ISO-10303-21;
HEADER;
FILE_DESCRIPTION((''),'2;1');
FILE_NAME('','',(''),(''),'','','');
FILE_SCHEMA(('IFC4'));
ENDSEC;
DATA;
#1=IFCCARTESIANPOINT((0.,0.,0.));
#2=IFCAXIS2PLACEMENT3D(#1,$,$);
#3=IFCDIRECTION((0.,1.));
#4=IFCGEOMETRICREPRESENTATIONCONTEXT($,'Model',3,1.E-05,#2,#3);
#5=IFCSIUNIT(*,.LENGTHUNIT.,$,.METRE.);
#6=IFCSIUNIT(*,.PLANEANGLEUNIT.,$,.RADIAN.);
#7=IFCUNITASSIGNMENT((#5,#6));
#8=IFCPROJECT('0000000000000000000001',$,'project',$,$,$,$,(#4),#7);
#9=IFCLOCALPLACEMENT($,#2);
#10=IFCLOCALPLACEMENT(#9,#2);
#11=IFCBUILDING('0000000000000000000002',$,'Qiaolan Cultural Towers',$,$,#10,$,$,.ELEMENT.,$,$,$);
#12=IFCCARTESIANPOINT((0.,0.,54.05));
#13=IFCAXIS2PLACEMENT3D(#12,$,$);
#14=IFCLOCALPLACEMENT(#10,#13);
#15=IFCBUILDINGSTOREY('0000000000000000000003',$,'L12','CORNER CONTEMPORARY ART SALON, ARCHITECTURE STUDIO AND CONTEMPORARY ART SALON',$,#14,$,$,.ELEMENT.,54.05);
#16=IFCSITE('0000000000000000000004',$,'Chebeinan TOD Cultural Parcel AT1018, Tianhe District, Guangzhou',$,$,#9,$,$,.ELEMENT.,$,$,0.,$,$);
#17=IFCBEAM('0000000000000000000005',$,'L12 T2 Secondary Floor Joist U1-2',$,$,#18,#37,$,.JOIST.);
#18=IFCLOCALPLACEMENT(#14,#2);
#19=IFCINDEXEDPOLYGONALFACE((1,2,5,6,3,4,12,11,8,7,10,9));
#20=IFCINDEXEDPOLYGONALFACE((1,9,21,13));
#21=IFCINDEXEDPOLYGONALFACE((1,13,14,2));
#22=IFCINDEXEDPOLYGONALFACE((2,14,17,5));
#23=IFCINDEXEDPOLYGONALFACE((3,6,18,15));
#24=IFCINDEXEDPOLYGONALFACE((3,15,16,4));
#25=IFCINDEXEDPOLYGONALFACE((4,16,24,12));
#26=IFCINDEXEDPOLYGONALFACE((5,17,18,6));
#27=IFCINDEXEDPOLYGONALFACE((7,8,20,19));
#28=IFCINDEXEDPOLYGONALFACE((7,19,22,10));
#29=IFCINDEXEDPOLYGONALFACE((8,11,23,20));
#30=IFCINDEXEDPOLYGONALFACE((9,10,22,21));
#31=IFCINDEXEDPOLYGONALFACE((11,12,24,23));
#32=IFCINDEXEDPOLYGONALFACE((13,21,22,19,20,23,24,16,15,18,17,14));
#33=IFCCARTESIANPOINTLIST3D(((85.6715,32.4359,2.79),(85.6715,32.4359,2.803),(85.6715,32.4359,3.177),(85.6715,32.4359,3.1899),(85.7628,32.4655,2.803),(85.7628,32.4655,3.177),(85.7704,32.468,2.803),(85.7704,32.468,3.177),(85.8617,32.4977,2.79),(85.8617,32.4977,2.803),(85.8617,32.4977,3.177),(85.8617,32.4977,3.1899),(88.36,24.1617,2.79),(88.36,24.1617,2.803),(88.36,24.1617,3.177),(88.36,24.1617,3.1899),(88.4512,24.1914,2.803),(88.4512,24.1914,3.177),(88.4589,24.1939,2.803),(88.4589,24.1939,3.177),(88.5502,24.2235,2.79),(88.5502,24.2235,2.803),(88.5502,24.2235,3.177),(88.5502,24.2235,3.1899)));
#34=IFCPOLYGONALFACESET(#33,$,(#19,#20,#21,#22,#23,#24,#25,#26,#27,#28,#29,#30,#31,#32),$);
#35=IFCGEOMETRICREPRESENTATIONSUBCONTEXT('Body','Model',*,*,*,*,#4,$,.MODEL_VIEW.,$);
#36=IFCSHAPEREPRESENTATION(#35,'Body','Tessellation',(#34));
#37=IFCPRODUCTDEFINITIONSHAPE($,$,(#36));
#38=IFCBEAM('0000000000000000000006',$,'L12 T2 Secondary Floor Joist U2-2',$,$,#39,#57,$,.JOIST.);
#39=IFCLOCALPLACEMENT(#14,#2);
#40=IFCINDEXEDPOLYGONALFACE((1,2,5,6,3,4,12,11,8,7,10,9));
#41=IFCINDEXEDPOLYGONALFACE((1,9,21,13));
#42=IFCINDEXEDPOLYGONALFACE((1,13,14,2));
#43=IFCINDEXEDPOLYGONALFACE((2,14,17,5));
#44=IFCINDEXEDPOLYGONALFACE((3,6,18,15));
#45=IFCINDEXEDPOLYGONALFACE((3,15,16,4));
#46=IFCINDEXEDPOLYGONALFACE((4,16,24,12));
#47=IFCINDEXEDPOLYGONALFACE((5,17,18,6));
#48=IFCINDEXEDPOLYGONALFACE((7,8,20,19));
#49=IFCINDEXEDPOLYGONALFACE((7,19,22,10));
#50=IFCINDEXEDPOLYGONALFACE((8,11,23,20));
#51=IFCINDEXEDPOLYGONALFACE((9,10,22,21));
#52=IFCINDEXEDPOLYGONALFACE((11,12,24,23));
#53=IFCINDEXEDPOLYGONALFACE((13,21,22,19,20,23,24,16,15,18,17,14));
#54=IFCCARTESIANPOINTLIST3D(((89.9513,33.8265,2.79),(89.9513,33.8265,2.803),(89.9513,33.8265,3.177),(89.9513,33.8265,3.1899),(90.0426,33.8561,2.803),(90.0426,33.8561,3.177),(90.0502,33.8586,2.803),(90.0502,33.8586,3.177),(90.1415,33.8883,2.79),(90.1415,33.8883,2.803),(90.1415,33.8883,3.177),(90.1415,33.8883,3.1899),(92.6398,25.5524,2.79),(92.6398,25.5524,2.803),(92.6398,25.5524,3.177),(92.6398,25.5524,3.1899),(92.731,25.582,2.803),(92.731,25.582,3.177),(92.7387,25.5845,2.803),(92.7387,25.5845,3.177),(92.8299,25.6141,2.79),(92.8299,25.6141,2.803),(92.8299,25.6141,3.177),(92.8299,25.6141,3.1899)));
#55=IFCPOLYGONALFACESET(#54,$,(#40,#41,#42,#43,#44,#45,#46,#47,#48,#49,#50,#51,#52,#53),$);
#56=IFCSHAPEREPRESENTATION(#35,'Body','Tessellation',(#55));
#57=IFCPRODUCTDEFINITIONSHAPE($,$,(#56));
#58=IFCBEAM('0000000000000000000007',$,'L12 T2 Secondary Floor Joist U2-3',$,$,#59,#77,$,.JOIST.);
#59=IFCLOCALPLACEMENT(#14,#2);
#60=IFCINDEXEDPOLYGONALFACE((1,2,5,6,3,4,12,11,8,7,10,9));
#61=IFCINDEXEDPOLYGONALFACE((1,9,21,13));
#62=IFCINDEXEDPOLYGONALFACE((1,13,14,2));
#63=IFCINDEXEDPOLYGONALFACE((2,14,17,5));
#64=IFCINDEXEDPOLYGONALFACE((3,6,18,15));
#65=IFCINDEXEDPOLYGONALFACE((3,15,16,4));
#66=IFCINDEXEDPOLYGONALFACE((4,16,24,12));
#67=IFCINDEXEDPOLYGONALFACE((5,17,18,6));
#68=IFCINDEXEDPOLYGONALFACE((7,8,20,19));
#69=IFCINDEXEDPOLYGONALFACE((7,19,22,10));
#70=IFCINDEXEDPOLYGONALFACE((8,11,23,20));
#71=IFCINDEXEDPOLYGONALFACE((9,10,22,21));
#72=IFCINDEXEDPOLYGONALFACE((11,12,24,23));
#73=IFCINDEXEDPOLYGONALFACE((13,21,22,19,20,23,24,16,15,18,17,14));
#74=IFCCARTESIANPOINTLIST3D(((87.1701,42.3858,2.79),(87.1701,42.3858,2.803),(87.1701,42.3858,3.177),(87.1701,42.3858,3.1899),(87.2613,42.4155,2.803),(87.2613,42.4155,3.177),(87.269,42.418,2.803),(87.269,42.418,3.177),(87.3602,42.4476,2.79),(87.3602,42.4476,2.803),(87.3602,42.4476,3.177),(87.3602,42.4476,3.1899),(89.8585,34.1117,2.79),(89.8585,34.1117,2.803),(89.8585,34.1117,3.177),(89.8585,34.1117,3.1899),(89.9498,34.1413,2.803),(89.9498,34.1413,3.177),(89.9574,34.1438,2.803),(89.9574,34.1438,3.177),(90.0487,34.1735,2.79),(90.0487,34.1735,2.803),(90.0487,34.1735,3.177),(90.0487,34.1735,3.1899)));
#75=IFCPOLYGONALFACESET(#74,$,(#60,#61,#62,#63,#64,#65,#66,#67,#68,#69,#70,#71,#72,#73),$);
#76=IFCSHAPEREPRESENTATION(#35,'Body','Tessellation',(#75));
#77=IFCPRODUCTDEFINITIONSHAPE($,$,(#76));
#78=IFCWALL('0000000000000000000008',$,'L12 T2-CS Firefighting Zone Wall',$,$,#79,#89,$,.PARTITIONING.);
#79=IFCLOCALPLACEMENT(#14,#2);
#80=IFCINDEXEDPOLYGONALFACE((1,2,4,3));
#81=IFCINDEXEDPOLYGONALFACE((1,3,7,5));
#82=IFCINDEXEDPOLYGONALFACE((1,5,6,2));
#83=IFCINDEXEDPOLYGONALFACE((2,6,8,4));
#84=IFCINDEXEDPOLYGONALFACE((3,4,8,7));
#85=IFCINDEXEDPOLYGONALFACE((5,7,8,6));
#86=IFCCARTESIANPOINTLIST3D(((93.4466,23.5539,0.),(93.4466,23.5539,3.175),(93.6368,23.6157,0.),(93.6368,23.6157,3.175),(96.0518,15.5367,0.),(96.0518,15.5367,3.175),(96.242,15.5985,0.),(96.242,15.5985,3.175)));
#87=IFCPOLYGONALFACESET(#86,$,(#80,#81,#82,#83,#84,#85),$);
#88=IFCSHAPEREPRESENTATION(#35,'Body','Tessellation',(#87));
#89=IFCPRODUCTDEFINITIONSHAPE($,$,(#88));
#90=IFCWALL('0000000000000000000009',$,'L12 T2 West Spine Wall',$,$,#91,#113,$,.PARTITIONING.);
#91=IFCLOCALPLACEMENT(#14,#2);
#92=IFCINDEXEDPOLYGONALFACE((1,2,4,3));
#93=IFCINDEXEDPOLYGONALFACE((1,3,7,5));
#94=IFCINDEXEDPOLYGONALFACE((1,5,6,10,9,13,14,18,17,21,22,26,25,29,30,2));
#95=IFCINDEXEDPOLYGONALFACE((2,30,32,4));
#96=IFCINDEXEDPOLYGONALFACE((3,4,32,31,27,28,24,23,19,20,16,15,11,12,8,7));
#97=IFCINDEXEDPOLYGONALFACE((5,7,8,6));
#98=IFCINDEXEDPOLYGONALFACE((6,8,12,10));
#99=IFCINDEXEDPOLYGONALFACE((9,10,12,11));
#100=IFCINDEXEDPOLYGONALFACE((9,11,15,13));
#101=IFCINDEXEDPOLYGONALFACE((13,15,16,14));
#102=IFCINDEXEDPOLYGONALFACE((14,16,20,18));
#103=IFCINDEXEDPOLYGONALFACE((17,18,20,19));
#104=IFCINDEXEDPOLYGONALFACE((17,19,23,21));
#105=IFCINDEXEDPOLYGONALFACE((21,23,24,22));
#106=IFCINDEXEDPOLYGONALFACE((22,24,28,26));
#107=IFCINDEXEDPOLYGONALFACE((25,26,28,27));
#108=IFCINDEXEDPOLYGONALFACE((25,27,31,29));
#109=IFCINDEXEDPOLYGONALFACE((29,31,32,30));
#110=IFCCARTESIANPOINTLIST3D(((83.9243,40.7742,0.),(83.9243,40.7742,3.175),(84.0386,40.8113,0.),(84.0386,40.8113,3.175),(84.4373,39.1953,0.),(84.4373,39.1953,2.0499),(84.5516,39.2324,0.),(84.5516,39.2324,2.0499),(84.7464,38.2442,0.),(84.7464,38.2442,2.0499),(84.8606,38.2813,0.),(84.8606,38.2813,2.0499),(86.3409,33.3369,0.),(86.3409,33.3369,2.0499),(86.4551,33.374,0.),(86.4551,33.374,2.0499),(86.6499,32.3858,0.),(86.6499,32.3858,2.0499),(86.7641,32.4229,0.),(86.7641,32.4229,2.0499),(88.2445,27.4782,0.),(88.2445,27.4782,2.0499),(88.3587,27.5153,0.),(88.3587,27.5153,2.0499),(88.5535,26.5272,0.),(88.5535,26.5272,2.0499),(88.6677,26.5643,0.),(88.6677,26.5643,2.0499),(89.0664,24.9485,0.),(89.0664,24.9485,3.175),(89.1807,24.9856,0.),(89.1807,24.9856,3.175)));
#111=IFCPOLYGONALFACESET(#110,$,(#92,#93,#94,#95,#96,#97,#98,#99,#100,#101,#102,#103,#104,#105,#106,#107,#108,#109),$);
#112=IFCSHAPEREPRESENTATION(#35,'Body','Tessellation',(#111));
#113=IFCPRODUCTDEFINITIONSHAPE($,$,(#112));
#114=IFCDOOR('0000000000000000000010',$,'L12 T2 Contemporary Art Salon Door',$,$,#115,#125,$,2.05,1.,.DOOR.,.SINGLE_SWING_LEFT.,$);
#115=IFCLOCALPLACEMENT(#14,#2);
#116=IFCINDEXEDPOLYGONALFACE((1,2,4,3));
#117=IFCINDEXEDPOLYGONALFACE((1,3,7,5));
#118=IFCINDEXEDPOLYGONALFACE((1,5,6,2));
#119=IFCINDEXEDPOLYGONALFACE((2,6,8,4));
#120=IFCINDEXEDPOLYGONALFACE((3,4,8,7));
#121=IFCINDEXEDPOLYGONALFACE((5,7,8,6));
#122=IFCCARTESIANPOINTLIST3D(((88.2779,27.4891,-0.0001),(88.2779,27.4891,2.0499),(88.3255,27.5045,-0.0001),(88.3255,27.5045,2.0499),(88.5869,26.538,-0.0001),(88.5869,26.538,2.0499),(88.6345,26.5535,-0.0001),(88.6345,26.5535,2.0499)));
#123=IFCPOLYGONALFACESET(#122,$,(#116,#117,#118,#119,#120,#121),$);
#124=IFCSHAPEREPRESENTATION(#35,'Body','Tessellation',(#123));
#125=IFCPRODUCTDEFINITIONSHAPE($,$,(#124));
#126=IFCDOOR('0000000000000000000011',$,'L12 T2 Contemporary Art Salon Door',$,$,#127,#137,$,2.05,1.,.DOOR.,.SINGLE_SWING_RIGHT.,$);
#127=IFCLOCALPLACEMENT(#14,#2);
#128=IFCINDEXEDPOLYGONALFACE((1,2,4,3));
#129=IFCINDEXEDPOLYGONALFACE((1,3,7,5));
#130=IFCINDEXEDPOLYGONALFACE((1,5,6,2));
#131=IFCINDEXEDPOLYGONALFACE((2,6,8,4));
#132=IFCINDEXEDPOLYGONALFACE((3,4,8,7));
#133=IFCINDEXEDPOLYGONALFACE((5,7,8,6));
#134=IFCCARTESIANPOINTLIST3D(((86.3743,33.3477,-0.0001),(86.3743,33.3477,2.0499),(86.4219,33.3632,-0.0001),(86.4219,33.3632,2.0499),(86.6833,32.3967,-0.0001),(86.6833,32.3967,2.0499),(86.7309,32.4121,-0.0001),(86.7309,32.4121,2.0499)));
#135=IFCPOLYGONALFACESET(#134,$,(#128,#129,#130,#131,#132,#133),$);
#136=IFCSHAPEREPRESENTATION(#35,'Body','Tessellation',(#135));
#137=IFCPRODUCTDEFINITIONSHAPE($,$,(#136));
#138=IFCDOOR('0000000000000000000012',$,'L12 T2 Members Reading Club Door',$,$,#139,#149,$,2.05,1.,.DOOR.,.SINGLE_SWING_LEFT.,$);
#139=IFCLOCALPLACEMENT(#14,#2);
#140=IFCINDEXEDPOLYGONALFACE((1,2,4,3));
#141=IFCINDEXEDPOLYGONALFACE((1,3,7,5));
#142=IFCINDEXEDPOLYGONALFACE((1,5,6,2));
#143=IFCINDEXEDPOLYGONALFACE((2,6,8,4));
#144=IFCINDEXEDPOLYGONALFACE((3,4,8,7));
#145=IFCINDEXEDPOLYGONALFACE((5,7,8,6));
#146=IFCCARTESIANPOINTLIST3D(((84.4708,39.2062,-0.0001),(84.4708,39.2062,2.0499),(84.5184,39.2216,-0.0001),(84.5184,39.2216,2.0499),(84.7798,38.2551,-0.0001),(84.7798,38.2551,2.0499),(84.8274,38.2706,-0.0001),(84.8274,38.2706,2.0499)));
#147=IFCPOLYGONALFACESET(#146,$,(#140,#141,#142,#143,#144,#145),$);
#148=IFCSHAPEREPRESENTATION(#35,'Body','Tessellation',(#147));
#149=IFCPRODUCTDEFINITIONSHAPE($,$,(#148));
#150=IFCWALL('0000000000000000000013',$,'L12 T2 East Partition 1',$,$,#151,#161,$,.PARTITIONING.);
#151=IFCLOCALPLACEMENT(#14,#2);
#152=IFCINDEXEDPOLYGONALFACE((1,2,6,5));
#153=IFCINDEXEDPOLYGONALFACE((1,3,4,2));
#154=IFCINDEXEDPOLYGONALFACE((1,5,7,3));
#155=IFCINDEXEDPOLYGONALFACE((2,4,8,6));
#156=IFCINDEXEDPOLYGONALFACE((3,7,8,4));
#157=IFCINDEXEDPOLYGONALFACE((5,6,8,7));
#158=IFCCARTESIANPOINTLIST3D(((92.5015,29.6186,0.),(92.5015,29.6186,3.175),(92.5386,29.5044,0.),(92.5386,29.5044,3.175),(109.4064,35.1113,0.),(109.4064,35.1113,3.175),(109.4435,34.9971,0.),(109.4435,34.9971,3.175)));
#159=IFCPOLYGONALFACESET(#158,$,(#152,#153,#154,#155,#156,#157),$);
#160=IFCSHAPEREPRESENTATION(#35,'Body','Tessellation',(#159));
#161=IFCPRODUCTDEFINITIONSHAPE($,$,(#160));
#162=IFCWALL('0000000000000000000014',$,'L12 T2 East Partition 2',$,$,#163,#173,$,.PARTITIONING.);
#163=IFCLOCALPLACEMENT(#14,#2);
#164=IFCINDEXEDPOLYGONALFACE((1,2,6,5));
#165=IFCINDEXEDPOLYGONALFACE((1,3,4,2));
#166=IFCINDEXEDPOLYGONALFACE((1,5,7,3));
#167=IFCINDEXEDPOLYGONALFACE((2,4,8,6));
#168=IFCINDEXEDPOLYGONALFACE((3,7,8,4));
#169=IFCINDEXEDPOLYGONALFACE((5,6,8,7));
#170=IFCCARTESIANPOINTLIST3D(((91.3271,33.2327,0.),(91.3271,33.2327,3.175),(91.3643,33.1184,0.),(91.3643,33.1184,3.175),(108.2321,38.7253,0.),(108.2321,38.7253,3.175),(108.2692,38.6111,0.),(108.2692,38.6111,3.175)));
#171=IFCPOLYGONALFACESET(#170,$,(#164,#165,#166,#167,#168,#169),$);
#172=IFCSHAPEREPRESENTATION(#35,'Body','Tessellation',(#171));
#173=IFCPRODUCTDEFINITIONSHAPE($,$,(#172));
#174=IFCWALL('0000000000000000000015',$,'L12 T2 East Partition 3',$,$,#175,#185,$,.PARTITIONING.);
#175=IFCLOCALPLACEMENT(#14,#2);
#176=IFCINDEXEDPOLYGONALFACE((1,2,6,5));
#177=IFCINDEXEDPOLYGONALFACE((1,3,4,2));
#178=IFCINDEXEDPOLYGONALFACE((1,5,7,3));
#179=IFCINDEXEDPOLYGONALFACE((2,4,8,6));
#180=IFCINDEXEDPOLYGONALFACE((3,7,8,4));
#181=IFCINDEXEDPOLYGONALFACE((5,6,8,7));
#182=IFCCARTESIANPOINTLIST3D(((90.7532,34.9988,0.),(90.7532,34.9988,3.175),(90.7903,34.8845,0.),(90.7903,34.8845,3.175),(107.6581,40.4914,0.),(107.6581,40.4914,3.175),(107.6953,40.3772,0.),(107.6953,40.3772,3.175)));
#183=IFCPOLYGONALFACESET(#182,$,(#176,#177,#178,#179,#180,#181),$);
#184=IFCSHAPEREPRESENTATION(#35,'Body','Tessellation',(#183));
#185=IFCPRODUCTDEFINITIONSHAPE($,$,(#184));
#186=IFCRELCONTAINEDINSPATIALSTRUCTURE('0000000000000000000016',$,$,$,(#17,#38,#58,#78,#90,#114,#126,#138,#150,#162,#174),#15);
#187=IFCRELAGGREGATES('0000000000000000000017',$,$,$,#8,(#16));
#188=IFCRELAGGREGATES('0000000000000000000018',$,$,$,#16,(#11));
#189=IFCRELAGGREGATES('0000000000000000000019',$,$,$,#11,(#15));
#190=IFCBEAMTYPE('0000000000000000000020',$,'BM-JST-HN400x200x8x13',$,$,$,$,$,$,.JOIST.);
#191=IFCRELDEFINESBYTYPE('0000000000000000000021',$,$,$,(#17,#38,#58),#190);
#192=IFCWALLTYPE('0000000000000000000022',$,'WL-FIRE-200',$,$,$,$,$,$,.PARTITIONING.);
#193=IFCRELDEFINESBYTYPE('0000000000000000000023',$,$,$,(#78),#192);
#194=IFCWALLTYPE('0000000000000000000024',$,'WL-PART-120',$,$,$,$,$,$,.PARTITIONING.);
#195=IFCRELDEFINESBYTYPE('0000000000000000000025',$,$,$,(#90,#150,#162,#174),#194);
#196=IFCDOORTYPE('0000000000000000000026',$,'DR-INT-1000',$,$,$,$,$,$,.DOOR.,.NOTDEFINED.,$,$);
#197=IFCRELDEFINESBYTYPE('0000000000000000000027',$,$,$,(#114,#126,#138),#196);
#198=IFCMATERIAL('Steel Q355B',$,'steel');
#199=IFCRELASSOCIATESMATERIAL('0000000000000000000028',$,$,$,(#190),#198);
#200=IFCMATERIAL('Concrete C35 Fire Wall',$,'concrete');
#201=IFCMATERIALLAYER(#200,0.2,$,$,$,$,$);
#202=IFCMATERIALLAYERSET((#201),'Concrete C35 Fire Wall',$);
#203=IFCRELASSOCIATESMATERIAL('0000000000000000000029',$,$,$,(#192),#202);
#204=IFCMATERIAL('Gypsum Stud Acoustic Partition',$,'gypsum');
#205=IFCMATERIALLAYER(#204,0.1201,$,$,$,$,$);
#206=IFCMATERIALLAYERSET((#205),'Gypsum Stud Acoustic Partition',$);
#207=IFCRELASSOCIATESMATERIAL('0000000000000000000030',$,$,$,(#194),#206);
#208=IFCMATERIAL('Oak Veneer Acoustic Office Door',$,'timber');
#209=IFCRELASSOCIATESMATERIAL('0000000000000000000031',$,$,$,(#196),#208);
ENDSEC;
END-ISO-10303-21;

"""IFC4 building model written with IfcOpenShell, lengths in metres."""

from ifc_helpers import new_model, si_unit, direction, frame, frame_2d, origin, origin_2d, place, context, subcontext, project, spatial, rectangle, i_section, extrude, material, layer, layer_set, material_profile, profile_set, type_object, element, fill, save


model = new_model("IFC4")

# Units and contexts
model_context = context("Model", 3, precision=1e-05, world=origin(), true_north=direction((0.0, 1.0)))
body_context = subcontext(model_context, "Body", "Model", "MODEL_VIEW")
ifc_project = project(units=[si_unit("LENGTHUNIT", "METRE"), si_unit("PLANEANGLEUNIT", "RADIAN")], contexts=[model_context])

# Site, building, storey
site_placement = place(None, origin())
site = spatial("IfcSite", under=ifc_project, at=site_placement, Name="Chebeinan TOD Cultural Parcel AT1018, Tianhe District, Guangzhou", CompositionType="ELEMENT", RefElevation=0.0)
building_placement = place(site_placement, origin())
building = spatial("IfcBuilding", under=site, at=building_placement, Name="Qiaolan Cultural Towers", CompositionType="ELEMENT")
storey_placement = place(building_placement, frame((0.0, 0.0, 54.05)))
storey = spatial("IfcBuildingStorey", under=building, at=storey_placement, Name="L12", Description="CORNER CONTEMPORARY ART SALON, ARCHITECTURE STUDIO AND CONTEMPORARY ART SALON", CompositionType="ELEMENT", Elevation=54.05)

# Beams
ifc_material_1 = material(Name="Steel Q355B", Category="steel")
ifc_material_profile = material_profile(ifc_material_1, i_section(OverallWidth=0.2, OverallDepth=0.3999, WebThickness=0.0081, FlangeThickness=0.0129, at=origin_2d()), Name="HN400x200x8x13")
ifc_profile_set = profile_set([ifc_material_profile], Name="Steel Q355B")
beam_type = type_object("IfcBeamType", Name="BM-JST-HN400x200x8x13", PredefinedType="JOIST", material=ifc_profile_set)
for number, where, z_axis, x_axis, name in (
    (1, (88.4551, 24.1926, 2.99), (-0.309021, 0.951055, 0.0), (-0.951055, -0.309021, 0.0), "L12 T2 Secondary Floor Joist U1-2"),
    (2, (92.7349, 25.5833, 2.99), (-0.309021, 0.951055, 0.0), (-0.951055, -0.309021, 0.0), "L12 T2 Secondary Floor Joist U2-2"),
    (3, (89.9536, 34.1426, 2.99), (-0.309021, 0.951055, 0.0), (-0.951055, -0.309021, 0.0), "L12 T2 Secondary Floor Joist U2-3"),
):
    element("IfcBeam", number, at=place(storey_placement, frame(where, z_axis=z_axis, x_axis=x_axis)), inside=storey, type_object=beam_type, Name=name, PredefinedType="JOIST", context=body_context, shape_type="SweptSolid", body=[
        extrude(i_section(OverallWidth=0.2, OverallDepth=0.3999, WebThickness=0.0081, FlangeThickness=0.0129, at=origin_2d()), origin(), (0.0, 0.0, 1.0), 8.7),
    ])

# Wall
ifc_material_2 = material(Name="Concrete C35 Fire Wall", Category="concrete")
ifc_layer_1 = layer(ifc_material_2, 0.2)
ifc_layer_set_1 = layer_set([ifc_layer_1], Name="Concrete C35 Fire Wall")
wall_type_1 = type_object("IfcWallType", Name="WL-FIRE-200", PredefinedType="PARTITIONING", material=ifc_layer_set_1)
wall_1_placement = place(storey_placement, frame((93.5417, 23.5847, 0.0), z_axis=(0.0, 0.0, 1.0), x_axis=(0.309042, -0.951048, 0.0)))
element("IfcWall", 4, at=wall_1_placement, inside=storey, type_object=wall_type_1, Name="L12 T2-CS Firefighting Zone Wall", PredefinedType="PARTITIONING", context=body_context, shape_type="SweptSolid", body=[
    extrude(rectangle(XDim=8.4299, YDim=0.2, at=frame_2d((4.2148, 0.0))), origin(), (0.0, 0.0, 1.0), 3.175),
])

# Wall, openings, doors
ifc_material_3 = material(Name="Gypsum Stud Acoustic Partition", Category="gypsum")
ifc_layer_2 = layer(ifc_material_3, 0.1201)
ifc_layer_set_2 = layer_set([ifc_layer_2], Name="Gypsum Stud Acoustic Partition")
wall_type_2 = type_object("IfcWallType", Name="WL-PART-120", PredefinedType="PARTITIONING", material=ifc_layer_set_2)
wall_2_placement = place(storey_placement, frame((89.1235, 24.967, 0.0), z_axis=(0.0, 0.0, 1.0), x_axis=(-0.309018, 0.951056, 0.0)))
wall_2 = element("IfcWall", 5, at=wall_2_placement, inside=storey, type_object=wall_type_2, Name="L12 T2 West Spine Wall", PredefinedType="PARTITIONING", context=body_context, shape_type="SweptSolid", body=[
    extrude(rectangle(XDim=16.6401, YDim=0.1201, at=frame_2d((8.3201, 0.0))), origin(), (0.0, 0.0, 1.0), 3.175),
])
opening_1_placement = place(wall_2_placement, frame((1.6599, 0.0, 0.0)))
opening_1 = element("IfcOpeningElement", 6, at=opening_1_placement, cuts=wall_2, PredefinedType="OPENING", context=body_context, shape_type="SweptSolid", body=[
    extrude(rectangle(XDim=1.0, YDim=2.05, at=frame_2d((0.5, 1.0249))), frame((0.0, 0.0701, 0.0), z_axis=(0.0, -1.0, 0.0), x_axis=(1.0, 0.0, 0.0)), (0.0, 0.0, 1.0), 0.1401),
])
opening_2_placement = place(wall_2_placement, frame((7.8201, 0.0, 0.0)))
opening_2 = element("IfcOpeningElement", 7, at=opening_2_placement, cuts=wall_2, PredefinedType="OPENING", context=body_context, shape_type="SweptSolid", body=[
    extrude(rectangle(XDim=1.0, YDim=2.05, at=frame_2d((0.5, 1.0249))), frame((0.0, 0.0701, 0.0), z_axis=(0.0, -1.0, 0.0), x_axis=(1.0, 0.0, 0.0)), (0.0, 0.0, 1.0), 0.1401),
])
opening_3_placement = place(wall_2_placement, frame((13.98, 0.0, 0.0)))
opening_3 = element("IfcOpeningElement", 8, at=opening_3_placement, cuts=wall_2, PredefinedType="OPENING", context=body_context, shape_type="SweptSolid", body=[
    extrude(rectangle(XDim=1.0, YDim=2.05, at=frame_2d((0.5, 1.0249))), frame((0.0, 0.0701, 0.0), z_axis=(0.0, -1.0, 0.0), x_axis=(1.0, 0.0, 0.0)), (0.0, 0.0, 1.0), 0.1401),
])
ifc_material_4 = material(Name="Oak Veneer Acoustic Office Door", Category="timber")
door_type_1 = type_object("IfcDoorType", Name="DR-INT-1000", OperationType="NOTDEFINED", PredefinedType="DOOR", material=ifc_material_4)
door_1_placement = place(opening_1_placement, origin())
door_1 = element("IfcDoor", 9, at=door_1_placement, inside=storey, type_object=door_type_1, Name="L12 T2 Contemporary Art Salon Door", OperationType="SINGLE_SWING_LEFT", OverallHeight=2.05, OverallWidth=1.0, PredefinedType="DOOR", context=body_context, shape_type="SweptSolid", body=[
    extrude(rectangle(XDim=1.0, YDim=2.05, at=frame_2d((0.5, 1.0249))), frame((0.0, 0.0249, 0.0), z_axis=(0.0, -1.0, 0.0), x_axis=(1.0, 0.0, 0.0)), (0.0, 0.0, 1.0), 0.05),
])
fill(opening_1, door_1)
door_2_placement = place(opening_2_placement, origin())
door_2 = element("IfcDoor", 10, at=door_2_placement, inside=storey, type_object=door_type_1, Name="L12 T2 Contemporary Art Salon Door", OperationType="SINGLE_SWING_RIGHT", OverallHeight=2.05, OverallWidth=1.0, PredefinedType="DOOR", context=body_context, shape_type="SweptSolid", body=[
    extrude(rectangle(XDim=1.0, YDim=2.05, at=frame_2d((0.5, 1.0249))), frame((0.0, 0.0249, 0.0), z_axis=(0.0, -1.0, 0.0), x_axis=(1.0, 0.0, 0.0)), (0.0, 0.0, 1.0), 0.05),
])
fill(opening_2, door_2)
door_3_placement = place(opening_3_placement, origin())
door_3 = element("IfcDoor", 11, at=door_3_placement, inside=storey, type_object=door_type_1, Name="L12 T2 Members Reading Club Door", OperationType="SINGLE_SWING_LEFT", OverallHeight=2.05, OverallWidth=1.0, PredefinedType="DOOR", context=body_context, shape_type="SweptSolid", body=[
    extrude(rectangle(XDim=1.0, YDim=2.05, at=frame_2d((0.5, 1.0249))), frame((0.0, 0.0249, 0.0), z_axis=(0.0, -1.0, 0.0), x_axis=(1.0, 0.0, 0.0)), (0.0, 0.0, 1.0), 0.05),
])
fill(opening_3, door_3)

# Walls
for number, where, z_axis, x_axis, name in (
    (12, (92.52, 29.5615, 0.0), (0.0, 0.0, 1.0), (0.951058, 0.309012, 0.0), "L12 T2 East Partition 1"),
    (13, (91.3457, 33.1755, 0.0), (0.0, 0.0, 1.0), (0.951058, 0.309012, 0.0), "L12 T2 East Partition 2"),
    (14, (90.7717, 34.9417, 0.0), (0.0, 0.0, 1.0), (0.951058, 0.309012, 0.0), "L12 T2 East Partition 3"),
):
    element("IfcWall", number, at=place(storey_placement, frame(where, z_axis=z_axis, x_axis=x_axis)), inside=storey, type_object=wall_type_2, Name=name, PredefinedType="PARTITIONING", context=body_context, shape_type="SweptSolid", body=[
        extrude(rectangle(XDim=17.7749, YDim=0.1201, at=frame_2d((8.8875, 0.0))), origin(), (0.0, 0.0, 1.0), 3.175),
    ])

save(model, "model.ifc")
